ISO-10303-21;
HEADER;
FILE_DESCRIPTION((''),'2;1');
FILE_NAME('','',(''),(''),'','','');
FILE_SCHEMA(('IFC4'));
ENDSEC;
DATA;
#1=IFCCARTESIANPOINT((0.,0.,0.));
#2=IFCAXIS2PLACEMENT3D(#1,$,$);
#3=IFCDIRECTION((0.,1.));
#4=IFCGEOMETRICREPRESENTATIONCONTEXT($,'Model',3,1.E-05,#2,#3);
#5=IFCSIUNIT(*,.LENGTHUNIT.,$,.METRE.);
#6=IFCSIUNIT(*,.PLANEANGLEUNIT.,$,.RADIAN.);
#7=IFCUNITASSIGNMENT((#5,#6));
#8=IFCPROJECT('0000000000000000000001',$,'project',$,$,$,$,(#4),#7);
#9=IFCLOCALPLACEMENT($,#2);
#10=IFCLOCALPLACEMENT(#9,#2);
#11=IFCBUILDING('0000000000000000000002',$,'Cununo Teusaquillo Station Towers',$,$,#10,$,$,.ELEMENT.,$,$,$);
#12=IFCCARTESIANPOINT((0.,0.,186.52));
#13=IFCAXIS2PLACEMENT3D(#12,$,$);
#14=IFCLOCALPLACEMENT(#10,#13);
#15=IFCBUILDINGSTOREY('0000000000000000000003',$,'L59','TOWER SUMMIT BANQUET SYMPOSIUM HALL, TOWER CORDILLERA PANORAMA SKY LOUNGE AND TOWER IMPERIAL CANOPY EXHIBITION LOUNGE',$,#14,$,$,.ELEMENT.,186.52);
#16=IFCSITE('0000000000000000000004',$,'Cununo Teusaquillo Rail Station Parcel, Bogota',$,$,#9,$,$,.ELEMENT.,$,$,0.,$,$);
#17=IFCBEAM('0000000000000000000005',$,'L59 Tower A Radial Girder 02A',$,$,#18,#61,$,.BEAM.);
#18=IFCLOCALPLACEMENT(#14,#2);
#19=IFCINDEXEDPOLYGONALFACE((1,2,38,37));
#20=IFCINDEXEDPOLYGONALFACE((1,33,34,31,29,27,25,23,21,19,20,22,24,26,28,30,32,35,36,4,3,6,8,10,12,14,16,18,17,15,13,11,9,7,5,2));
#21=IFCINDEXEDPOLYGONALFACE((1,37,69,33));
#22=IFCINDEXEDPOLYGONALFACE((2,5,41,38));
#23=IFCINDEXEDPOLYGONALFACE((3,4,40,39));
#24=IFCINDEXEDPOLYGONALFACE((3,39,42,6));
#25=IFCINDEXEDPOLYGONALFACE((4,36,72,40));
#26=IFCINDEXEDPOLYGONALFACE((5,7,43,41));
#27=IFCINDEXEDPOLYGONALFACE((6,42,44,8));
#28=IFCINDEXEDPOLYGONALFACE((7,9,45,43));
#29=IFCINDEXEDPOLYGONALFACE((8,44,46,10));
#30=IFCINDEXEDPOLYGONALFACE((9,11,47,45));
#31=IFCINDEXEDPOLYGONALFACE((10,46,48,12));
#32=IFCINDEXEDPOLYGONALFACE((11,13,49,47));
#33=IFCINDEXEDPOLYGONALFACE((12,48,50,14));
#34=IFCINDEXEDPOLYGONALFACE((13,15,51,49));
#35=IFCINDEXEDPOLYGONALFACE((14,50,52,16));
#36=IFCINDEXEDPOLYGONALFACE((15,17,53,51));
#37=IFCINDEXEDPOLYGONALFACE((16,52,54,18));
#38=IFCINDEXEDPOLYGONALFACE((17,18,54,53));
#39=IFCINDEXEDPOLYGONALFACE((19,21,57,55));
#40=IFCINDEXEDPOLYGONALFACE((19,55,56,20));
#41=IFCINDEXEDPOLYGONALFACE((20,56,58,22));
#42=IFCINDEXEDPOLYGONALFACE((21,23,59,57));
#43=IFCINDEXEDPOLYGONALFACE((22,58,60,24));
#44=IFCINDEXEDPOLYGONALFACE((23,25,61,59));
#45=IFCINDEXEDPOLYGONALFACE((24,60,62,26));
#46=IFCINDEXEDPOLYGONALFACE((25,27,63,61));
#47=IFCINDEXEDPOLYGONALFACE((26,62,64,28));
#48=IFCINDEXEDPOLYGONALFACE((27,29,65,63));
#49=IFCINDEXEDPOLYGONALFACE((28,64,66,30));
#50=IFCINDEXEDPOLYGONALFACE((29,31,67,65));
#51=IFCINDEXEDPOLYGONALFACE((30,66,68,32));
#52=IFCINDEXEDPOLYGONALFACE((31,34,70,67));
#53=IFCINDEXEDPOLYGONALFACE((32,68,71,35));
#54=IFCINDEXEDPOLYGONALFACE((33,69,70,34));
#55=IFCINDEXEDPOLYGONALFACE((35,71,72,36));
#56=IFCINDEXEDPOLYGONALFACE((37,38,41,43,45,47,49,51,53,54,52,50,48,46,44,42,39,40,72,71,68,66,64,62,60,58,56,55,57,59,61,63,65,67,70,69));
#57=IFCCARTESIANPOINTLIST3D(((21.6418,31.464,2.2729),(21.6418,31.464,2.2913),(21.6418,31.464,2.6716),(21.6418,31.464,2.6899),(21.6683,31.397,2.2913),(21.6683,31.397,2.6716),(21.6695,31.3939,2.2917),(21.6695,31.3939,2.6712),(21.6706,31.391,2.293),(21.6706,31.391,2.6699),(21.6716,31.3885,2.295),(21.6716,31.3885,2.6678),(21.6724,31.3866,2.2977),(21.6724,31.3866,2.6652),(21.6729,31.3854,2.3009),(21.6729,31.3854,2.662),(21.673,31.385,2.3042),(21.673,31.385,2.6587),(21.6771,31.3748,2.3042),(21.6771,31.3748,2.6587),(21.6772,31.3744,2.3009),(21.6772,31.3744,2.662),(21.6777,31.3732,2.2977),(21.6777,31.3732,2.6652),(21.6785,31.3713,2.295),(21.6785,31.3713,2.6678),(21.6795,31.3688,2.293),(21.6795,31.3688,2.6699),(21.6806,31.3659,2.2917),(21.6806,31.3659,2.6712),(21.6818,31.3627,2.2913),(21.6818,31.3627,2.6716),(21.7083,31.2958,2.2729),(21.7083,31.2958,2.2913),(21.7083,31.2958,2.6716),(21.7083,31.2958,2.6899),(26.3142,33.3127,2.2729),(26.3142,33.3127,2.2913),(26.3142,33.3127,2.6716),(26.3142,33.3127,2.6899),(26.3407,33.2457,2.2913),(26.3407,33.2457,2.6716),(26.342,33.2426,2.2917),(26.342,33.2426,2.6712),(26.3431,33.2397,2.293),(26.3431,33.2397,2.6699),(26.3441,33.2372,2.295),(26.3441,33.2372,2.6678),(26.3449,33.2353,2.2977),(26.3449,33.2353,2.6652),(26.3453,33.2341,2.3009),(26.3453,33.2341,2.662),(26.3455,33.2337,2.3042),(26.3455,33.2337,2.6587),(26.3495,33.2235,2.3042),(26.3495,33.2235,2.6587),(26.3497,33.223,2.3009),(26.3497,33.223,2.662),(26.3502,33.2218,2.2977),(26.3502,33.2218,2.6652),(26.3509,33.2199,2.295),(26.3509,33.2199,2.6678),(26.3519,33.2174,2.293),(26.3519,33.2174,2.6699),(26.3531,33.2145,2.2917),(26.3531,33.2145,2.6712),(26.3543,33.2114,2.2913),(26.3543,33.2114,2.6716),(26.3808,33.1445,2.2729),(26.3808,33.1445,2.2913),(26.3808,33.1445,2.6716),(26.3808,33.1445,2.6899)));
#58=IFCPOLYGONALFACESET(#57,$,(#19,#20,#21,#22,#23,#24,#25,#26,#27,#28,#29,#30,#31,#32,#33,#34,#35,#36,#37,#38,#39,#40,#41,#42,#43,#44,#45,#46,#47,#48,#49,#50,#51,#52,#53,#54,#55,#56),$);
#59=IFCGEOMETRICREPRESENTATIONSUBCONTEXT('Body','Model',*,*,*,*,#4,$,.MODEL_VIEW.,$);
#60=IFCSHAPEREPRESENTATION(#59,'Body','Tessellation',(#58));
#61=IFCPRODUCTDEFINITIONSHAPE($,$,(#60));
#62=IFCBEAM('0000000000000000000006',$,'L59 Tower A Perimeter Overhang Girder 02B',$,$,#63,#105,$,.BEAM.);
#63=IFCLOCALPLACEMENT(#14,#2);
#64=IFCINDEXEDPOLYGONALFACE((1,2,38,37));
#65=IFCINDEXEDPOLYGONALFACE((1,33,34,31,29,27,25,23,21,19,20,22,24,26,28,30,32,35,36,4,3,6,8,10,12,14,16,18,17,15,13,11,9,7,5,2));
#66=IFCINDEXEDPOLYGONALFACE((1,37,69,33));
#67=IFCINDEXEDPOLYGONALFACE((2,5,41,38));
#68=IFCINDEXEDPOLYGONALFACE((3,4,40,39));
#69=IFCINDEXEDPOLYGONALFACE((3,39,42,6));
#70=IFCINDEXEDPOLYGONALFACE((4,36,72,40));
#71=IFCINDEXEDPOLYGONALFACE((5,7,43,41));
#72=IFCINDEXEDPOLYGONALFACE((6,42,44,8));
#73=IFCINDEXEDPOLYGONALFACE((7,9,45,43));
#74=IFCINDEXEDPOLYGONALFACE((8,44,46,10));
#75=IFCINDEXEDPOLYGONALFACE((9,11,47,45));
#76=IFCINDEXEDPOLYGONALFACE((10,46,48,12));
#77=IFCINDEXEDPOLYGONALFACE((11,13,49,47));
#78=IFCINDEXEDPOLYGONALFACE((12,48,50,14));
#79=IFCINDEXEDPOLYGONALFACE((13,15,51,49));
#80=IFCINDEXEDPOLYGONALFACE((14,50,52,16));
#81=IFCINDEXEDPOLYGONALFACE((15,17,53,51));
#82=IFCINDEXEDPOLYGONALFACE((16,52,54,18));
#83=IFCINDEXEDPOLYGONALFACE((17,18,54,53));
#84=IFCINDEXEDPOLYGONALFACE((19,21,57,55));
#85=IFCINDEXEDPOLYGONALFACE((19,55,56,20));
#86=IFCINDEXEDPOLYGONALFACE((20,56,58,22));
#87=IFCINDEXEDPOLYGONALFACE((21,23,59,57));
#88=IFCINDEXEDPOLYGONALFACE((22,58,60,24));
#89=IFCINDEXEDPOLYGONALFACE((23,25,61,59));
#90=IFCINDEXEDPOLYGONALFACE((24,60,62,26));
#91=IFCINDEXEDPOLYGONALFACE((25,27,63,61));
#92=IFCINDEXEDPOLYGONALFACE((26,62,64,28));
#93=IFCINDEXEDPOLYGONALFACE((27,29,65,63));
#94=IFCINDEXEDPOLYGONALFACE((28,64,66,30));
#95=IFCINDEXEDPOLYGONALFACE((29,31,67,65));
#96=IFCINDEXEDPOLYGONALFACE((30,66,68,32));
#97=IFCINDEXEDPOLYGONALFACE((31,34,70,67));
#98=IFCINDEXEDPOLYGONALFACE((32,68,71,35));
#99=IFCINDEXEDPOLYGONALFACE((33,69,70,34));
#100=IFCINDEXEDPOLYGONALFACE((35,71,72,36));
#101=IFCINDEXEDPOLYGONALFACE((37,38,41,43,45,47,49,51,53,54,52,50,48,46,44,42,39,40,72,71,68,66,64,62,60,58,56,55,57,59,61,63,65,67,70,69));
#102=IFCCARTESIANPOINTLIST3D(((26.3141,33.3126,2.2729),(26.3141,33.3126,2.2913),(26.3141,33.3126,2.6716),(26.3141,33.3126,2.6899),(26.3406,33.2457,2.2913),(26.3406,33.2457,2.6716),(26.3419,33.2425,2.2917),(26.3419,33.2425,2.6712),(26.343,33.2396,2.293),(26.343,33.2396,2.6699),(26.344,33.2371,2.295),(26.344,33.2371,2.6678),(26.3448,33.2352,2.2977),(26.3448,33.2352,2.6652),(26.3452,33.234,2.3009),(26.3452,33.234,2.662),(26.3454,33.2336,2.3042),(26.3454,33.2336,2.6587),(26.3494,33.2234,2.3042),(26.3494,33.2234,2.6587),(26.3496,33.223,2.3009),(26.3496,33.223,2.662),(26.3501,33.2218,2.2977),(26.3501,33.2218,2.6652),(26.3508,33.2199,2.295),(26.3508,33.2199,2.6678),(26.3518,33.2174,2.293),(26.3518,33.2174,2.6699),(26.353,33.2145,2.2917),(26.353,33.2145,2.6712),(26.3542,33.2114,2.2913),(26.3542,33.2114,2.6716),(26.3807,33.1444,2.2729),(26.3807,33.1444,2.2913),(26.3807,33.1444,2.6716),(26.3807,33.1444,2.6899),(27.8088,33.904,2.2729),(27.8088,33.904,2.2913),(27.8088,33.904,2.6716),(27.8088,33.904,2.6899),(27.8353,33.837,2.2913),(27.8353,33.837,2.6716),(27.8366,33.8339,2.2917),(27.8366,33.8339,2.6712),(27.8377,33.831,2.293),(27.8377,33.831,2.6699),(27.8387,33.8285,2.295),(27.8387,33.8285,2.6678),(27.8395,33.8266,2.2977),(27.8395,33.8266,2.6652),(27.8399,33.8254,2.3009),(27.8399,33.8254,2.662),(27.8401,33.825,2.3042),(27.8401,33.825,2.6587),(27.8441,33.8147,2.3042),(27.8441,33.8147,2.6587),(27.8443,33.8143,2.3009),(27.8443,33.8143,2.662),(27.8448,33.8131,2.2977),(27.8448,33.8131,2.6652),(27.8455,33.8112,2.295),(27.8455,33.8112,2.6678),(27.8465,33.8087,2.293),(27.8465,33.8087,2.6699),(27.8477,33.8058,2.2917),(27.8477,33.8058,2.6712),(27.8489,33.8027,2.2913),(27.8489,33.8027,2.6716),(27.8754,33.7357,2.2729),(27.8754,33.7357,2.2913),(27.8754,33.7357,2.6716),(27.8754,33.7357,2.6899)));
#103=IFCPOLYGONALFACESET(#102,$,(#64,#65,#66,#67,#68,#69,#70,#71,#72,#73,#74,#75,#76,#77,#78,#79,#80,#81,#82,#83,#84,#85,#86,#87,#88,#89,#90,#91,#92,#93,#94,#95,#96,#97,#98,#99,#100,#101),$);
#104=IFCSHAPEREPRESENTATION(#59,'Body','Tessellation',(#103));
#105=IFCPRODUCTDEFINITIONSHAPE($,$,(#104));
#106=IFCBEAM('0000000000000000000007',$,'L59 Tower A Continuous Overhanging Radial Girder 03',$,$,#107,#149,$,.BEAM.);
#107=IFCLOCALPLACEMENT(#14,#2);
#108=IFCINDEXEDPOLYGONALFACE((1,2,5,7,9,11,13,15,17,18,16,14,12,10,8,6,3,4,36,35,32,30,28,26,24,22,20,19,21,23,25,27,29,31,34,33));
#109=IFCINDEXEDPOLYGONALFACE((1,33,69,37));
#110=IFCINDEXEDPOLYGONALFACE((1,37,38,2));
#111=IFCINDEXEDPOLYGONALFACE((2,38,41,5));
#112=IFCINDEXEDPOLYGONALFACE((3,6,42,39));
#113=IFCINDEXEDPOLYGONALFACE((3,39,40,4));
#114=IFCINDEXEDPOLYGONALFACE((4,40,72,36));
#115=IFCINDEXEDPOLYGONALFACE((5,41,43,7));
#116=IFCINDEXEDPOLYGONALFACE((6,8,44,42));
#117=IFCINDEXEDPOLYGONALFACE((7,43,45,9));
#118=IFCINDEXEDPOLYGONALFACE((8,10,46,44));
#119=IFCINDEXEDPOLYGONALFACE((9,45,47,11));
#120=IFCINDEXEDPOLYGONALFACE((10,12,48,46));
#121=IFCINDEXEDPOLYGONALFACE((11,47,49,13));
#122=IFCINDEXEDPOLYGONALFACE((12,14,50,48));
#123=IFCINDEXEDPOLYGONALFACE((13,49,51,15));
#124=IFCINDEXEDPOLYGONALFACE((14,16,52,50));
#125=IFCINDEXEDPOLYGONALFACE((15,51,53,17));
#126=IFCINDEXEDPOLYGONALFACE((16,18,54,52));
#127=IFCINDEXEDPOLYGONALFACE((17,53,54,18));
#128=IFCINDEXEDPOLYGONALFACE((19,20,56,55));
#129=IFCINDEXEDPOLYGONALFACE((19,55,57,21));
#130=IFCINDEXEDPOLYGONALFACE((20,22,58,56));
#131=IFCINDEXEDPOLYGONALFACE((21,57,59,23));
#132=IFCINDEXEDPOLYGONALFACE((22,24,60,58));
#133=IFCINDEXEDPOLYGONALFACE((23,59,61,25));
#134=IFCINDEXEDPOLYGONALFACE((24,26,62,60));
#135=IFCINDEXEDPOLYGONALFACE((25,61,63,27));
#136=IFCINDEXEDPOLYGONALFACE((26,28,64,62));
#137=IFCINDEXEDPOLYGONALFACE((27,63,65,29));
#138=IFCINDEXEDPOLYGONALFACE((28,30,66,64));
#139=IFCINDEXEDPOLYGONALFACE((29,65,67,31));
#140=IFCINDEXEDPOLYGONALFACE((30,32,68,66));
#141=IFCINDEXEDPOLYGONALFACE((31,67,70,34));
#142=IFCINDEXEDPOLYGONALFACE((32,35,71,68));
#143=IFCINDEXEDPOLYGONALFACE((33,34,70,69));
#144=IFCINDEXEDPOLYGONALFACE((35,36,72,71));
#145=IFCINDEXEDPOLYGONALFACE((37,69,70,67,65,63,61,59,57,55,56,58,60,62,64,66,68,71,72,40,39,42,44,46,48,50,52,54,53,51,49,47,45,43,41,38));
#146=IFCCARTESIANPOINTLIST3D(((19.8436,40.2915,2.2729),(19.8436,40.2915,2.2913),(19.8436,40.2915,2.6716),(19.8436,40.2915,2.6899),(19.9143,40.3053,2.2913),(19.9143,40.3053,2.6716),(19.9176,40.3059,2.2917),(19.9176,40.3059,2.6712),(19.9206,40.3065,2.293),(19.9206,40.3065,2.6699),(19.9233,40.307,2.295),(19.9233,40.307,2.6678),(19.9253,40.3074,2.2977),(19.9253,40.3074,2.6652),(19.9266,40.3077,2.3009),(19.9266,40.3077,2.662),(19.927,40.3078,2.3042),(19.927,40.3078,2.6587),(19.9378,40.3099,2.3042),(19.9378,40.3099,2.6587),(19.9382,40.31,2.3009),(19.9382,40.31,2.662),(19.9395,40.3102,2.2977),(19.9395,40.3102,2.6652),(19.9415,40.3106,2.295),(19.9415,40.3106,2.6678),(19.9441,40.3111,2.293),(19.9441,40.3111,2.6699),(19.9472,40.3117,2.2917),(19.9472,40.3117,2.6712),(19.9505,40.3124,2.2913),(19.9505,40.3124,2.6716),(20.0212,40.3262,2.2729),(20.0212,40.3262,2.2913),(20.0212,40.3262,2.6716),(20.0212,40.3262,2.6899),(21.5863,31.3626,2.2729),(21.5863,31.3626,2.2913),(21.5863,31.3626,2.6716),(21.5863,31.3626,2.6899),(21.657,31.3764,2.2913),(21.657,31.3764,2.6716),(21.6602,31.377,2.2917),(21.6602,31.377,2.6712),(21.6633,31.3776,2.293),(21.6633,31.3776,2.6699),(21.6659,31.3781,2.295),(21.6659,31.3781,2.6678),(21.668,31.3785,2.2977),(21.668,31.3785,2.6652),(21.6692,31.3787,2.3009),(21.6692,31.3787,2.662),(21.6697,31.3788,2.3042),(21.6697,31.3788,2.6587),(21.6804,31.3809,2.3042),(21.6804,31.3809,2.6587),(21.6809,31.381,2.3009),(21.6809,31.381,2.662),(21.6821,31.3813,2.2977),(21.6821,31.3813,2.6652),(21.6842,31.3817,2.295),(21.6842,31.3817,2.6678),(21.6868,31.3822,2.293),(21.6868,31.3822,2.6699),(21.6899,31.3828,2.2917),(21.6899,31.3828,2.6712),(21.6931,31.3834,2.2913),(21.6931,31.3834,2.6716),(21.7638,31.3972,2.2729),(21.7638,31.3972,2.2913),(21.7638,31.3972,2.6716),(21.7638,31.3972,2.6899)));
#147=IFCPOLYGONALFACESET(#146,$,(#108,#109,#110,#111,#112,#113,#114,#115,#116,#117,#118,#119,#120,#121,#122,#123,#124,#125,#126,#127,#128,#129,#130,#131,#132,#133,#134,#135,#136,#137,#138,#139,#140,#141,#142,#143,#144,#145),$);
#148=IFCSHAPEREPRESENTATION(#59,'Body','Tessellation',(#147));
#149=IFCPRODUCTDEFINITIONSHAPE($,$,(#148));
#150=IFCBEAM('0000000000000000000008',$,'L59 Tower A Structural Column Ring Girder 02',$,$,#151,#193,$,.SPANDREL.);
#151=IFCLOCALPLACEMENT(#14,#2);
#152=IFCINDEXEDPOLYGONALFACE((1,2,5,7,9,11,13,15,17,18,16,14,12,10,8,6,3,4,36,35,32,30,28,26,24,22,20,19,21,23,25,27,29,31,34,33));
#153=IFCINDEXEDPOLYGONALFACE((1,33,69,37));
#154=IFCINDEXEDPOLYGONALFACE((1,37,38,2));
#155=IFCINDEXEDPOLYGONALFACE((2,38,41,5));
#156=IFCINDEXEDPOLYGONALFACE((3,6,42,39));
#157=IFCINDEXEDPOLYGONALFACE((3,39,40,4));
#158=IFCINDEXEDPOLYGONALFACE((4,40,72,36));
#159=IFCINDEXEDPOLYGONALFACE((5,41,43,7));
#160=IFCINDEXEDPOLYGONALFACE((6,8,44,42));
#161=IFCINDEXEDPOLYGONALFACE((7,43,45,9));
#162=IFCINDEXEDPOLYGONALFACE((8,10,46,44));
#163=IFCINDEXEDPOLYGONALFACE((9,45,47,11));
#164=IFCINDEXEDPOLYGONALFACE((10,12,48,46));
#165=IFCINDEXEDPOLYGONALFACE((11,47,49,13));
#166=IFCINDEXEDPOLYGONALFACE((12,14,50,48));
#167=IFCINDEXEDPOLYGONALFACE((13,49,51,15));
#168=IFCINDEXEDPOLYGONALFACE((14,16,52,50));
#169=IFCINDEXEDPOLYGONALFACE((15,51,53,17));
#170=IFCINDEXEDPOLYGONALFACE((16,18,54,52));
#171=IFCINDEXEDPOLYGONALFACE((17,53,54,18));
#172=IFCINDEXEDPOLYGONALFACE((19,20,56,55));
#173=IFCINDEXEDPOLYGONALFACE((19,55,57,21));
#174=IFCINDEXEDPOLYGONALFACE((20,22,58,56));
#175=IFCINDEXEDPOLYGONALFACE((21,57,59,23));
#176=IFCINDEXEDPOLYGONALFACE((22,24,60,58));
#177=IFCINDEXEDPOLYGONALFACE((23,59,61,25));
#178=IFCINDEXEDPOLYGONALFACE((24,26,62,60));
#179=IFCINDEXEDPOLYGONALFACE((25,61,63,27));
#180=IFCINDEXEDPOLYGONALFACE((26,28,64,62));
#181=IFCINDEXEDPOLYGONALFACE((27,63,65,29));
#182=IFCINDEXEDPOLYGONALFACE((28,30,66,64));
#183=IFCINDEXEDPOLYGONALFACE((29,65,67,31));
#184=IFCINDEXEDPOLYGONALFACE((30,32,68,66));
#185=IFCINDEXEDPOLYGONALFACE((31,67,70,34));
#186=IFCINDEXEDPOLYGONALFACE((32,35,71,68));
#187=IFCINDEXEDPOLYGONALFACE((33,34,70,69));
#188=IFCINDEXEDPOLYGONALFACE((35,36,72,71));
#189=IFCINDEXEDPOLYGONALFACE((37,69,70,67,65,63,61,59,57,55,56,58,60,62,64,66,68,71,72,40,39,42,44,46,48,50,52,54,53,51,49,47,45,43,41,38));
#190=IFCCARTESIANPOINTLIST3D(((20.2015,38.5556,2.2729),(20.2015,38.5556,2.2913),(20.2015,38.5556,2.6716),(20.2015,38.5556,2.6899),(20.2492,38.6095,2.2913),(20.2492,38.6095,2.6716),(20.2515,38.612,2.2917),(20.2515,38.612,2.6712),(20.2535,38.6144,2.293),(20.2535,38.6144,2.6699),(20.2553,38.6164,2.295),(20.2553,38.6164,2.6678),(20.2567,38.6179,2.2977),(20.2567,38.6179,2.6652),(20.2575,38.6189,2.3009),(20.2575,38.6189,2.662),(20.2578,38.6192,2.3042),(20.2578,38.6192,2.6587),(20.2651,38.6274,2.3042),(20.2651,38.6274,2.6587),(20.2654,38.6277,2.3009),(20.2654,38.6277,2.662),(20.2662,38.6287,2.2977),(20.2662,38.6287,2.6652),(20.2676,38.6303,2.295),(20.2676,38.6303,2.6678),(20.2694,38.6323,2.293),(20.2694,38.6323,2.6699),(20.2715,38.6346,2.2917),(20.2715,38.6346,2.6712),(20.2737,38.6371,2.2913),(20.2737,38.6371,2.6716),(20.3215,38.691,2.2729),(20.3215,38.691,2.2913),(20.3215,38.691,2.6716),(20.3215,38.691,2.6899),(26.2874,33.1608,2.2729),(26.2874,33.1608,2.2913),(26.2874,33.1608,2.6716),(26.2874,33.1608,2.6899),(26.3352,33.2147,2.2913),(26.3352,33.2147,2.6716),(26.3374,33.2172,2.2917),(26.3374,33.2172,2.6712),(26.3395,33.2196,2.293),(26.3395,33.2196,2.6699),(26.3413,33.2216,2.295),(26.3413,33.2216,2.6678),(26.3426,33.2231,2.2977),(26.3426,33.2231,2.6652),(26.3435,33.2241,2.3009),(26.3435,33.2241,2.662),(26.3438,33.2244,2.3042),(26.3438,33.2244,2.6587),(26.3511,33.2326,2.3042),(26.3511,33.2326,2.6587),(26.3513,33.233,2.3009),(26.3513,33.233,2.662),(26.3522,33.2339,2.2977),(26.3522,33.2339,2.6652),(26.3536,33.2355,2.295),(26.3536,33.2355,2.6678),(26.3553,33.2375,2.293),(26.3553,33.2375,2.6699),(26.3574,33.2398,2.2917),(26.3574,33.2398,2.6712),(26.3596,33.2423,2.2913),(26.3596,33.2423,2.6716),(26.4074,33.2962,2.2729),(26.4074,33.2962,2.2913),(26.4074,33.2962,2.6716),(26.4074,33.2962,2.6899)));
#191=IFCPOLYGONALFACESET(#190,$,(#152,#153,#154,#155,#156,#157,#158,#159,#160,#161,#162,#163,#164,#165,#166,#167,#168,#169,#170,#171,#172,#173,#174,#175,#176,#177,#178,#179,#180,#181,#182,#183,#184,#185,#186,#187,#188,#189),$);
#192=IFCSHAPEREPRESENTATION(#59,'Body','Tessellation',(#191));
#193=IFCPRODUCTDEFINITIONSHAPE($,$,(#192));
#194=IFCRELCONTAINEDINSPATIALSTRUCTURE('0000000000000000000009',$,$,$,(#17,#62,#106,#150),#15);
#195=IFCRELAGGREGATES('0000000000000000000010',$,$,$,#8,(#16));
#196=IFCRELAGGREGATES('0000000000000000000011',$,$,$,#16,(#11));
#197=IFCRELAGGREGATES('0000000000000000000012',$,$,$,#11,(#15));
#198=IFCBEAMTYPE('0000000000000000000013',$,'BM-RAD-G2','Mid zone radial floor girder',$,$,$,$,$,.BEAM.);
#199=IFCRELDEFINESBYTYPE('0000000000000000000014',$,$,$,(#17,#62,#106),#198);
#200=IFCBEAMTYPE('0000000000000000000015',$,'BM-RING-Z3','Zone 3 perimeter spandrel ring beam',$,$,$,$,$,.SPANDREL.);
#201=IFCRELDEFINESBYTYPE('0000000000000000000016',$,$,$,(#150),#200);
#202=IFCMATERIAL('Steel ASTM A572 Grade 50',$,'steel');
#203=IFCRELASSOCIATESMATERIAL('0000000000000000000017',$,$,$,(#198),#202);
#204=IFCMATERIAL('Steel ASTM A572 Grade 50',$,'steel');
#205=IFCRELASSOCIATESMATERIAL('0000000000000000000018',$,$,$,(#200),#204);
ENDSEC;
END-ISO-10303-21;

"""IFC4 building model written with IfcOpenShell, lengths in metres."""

from ifc_helpers import new_model, si_unit, direction, frame, origin, origin_2d, place, context, subcontext, project, spatial, i_section, extrude, material, material_profile, profile_set, type_object, element, save


model = new_model("IFC4")

# Units and contexts
model_context = context("Model", 3, precision=1e-05, world=origin(), true_north=direction((0.0, 1.0)))
body_context = subcontext(model_context, "Body", "Model", "MODEL_VIEW")
ifc_project = project(units=[si_unit("LENGTHUNIT", "METRE"), si_unit("PLANEANGLEUNIT", "RADIAN")], contexts=[model_context])

# Site, building, storey
site_placement = place(None, origin())
site = spatial("IfcSite", under=ifc_project, at=site_placement, Name="Cununo Teusaquillo Rail Station Parcel, Bogota", CompositionType="ELEMENT", RefElevation=0.0)
building_placement = place(site_placement, origin())
building = spatial("IfcBuilding", under=site, at=building_placement, Name="Cununo Teusaquillo Station Towers", CompositionType="ELEMENT")
storey_placement = place(building_placement, frame((0.0, 0.0, 186.52)))
storey = spatial("IfcBuildingStorey", under=building, at=storey_placement, Name="L59", Description="TOWER SUMMIT BANQUET SYMPOSIUM HALL, TOWER CORDILLERA PANORAMA SKY LOUNGE AND TOWER IMPERIAL CANOPY EXHIBITION LOUNGE", CompositionType="ELEMENT", Elevation=186.52)

# Beams
ifc_material_1 = material(Name="Steel ASTM A572 Grade 50", Category="steel")
ifc_material_profile_1 = material_profile(ifc_material_1, i_section(OverallWidth=0.1809, OverallDepth=0.417, WebThickness=0.011, FlangeThickness=0.0183, FilletRadius=0.0129, at=origin_2d()), Name="W16X57")
ifc_profile_set_1 = profile_set([ifc_material_profile_1], Name="Steel ASTM A572 Grade 50")
beam_type_1 = type_object("IfcBeamType", Name="BM-RAD-G2", Description="Mid zone radial floor girder", PredefinedType="BEAM", material=ifc_profile_set_1)
beam_1_placement = place(storey_placement, frame((21.675, 31.3799, 2.4814), z_axis=(0.929864, 0.367903, 0.0), x_axis=(-0.367903, 0.929864, 0.0)))
element("IfcBeam", 1, at=beam_1_placement, inside=storey, type_object=beam_type_1, Name="L59 Tower A Radial Girder 02A", PredefinedType="BEAM", context=body_context, shape_type="SweptSolid", body=[
    extrude(i_section(OverallWidth=0.1809, OverallDepth=0.417, WebThickness=0.011, FlangeThickness=0.0183, FilletRadius=0.0129, at=origin_2d()), origin(), (0.0, 0.0, 1.0), 5.0249),
])
beam_2_placement = place(storey_placement, frame((26.3474, 33.2285, 2.4814), z_axis=(0.929874, 0.367879, 0.0), x_axis=(-0.367879, 0.929874, 0.0)))
element("IfcBeam", 2, at=beam_2_placement, inside=storey, type_object=beam_type_1, Name="L59 Tower A Perimeter Overhang Girder 02B", PredefinedType="BEAM", context=body_context, shape_type="SweptSolid", body=[
    extrude(i_section(OverallWidth=0.1809, OverallDepth=0.417, WebThickness=0.011, FlangeThickness=0.0183, FilletRadius=0.0129, at=origin_2d()), origin(), (0.0, 0.0, 1.0), 1.6074),
])
beam_3_placement = place(storey_placement, frame((21.675, 31.3799, 2.4814), z_axis=(-0.191557, 0.981481, 0.0), x_axis=(-0.981481, -0.191557, 0.0)))
element("IfcBeam", 3, at=beam_3_placement, inside=storey, type_object=beam_type_1, Name="L59 Tower A Continuous Overhanging Radial Girder 03", PredefinedType="BEAM", context=body_context, shape_type="SweptSolid", body=[
    extrude(i_section(OverallWidth=0.1809, OverallDepth=0.417, WebThickness=0.011, FlangeThickness=0.0183, FilletRadius=0.0129, at=origin_2d()), origin(), (0.0, 0.0, 1.0), 9.0974),
])
ifc_material_2 = material(Name="Steel ASTM A572 Grade 50", Category="steel")
ifc_material_profile_2 = material_profile(ifc_material_2, i_section(OverallWidth=0.1809, OverallDepth=0.417, WebThickness=0.011, FlangeThickness=0.0183, FilletRadius=0.0129, at=origin_2d()), Name="W16X57")
ifc_profile_set_2 = profile_set([ifc_material_profile_2], Name="Steel ASTM A572 Grade 50")
beam_type_2 = type_object("IfcBeamType", Name="BM-RING-Z3", Description="Zone 3 perimeter spandrel ring beam", PredefinedType="SPANDREL", material=ifc_profile_set_2)
beam_4_placement = place(storey_placement, frame((26.3474, 33.2285, 2.4814), z_axis=(-0.748321, 0.663337, 0.0), x_axis=(-0.663337, -0.748321, 0.0)))
element("IfcBeam", 4, at=beam_4_placement, inside=storey, type_object=beam_type_2, Name="L59 Tower A Structural Column Ring Girder 02", PredefinedType="SPANDREL", context=body_context, shape_type="SweptSolid", body=[
    extrude(i_section(OverallWidth=0.1809, OverallDepth=0.417, WebThickness=0.011, FlangeThickness=0.0183, FilletRadius=0.0129, at=origin_2d()), origin(), (0.0, 0.0, 1.0), 8.1328),
])

save(model, "model.ifc")
